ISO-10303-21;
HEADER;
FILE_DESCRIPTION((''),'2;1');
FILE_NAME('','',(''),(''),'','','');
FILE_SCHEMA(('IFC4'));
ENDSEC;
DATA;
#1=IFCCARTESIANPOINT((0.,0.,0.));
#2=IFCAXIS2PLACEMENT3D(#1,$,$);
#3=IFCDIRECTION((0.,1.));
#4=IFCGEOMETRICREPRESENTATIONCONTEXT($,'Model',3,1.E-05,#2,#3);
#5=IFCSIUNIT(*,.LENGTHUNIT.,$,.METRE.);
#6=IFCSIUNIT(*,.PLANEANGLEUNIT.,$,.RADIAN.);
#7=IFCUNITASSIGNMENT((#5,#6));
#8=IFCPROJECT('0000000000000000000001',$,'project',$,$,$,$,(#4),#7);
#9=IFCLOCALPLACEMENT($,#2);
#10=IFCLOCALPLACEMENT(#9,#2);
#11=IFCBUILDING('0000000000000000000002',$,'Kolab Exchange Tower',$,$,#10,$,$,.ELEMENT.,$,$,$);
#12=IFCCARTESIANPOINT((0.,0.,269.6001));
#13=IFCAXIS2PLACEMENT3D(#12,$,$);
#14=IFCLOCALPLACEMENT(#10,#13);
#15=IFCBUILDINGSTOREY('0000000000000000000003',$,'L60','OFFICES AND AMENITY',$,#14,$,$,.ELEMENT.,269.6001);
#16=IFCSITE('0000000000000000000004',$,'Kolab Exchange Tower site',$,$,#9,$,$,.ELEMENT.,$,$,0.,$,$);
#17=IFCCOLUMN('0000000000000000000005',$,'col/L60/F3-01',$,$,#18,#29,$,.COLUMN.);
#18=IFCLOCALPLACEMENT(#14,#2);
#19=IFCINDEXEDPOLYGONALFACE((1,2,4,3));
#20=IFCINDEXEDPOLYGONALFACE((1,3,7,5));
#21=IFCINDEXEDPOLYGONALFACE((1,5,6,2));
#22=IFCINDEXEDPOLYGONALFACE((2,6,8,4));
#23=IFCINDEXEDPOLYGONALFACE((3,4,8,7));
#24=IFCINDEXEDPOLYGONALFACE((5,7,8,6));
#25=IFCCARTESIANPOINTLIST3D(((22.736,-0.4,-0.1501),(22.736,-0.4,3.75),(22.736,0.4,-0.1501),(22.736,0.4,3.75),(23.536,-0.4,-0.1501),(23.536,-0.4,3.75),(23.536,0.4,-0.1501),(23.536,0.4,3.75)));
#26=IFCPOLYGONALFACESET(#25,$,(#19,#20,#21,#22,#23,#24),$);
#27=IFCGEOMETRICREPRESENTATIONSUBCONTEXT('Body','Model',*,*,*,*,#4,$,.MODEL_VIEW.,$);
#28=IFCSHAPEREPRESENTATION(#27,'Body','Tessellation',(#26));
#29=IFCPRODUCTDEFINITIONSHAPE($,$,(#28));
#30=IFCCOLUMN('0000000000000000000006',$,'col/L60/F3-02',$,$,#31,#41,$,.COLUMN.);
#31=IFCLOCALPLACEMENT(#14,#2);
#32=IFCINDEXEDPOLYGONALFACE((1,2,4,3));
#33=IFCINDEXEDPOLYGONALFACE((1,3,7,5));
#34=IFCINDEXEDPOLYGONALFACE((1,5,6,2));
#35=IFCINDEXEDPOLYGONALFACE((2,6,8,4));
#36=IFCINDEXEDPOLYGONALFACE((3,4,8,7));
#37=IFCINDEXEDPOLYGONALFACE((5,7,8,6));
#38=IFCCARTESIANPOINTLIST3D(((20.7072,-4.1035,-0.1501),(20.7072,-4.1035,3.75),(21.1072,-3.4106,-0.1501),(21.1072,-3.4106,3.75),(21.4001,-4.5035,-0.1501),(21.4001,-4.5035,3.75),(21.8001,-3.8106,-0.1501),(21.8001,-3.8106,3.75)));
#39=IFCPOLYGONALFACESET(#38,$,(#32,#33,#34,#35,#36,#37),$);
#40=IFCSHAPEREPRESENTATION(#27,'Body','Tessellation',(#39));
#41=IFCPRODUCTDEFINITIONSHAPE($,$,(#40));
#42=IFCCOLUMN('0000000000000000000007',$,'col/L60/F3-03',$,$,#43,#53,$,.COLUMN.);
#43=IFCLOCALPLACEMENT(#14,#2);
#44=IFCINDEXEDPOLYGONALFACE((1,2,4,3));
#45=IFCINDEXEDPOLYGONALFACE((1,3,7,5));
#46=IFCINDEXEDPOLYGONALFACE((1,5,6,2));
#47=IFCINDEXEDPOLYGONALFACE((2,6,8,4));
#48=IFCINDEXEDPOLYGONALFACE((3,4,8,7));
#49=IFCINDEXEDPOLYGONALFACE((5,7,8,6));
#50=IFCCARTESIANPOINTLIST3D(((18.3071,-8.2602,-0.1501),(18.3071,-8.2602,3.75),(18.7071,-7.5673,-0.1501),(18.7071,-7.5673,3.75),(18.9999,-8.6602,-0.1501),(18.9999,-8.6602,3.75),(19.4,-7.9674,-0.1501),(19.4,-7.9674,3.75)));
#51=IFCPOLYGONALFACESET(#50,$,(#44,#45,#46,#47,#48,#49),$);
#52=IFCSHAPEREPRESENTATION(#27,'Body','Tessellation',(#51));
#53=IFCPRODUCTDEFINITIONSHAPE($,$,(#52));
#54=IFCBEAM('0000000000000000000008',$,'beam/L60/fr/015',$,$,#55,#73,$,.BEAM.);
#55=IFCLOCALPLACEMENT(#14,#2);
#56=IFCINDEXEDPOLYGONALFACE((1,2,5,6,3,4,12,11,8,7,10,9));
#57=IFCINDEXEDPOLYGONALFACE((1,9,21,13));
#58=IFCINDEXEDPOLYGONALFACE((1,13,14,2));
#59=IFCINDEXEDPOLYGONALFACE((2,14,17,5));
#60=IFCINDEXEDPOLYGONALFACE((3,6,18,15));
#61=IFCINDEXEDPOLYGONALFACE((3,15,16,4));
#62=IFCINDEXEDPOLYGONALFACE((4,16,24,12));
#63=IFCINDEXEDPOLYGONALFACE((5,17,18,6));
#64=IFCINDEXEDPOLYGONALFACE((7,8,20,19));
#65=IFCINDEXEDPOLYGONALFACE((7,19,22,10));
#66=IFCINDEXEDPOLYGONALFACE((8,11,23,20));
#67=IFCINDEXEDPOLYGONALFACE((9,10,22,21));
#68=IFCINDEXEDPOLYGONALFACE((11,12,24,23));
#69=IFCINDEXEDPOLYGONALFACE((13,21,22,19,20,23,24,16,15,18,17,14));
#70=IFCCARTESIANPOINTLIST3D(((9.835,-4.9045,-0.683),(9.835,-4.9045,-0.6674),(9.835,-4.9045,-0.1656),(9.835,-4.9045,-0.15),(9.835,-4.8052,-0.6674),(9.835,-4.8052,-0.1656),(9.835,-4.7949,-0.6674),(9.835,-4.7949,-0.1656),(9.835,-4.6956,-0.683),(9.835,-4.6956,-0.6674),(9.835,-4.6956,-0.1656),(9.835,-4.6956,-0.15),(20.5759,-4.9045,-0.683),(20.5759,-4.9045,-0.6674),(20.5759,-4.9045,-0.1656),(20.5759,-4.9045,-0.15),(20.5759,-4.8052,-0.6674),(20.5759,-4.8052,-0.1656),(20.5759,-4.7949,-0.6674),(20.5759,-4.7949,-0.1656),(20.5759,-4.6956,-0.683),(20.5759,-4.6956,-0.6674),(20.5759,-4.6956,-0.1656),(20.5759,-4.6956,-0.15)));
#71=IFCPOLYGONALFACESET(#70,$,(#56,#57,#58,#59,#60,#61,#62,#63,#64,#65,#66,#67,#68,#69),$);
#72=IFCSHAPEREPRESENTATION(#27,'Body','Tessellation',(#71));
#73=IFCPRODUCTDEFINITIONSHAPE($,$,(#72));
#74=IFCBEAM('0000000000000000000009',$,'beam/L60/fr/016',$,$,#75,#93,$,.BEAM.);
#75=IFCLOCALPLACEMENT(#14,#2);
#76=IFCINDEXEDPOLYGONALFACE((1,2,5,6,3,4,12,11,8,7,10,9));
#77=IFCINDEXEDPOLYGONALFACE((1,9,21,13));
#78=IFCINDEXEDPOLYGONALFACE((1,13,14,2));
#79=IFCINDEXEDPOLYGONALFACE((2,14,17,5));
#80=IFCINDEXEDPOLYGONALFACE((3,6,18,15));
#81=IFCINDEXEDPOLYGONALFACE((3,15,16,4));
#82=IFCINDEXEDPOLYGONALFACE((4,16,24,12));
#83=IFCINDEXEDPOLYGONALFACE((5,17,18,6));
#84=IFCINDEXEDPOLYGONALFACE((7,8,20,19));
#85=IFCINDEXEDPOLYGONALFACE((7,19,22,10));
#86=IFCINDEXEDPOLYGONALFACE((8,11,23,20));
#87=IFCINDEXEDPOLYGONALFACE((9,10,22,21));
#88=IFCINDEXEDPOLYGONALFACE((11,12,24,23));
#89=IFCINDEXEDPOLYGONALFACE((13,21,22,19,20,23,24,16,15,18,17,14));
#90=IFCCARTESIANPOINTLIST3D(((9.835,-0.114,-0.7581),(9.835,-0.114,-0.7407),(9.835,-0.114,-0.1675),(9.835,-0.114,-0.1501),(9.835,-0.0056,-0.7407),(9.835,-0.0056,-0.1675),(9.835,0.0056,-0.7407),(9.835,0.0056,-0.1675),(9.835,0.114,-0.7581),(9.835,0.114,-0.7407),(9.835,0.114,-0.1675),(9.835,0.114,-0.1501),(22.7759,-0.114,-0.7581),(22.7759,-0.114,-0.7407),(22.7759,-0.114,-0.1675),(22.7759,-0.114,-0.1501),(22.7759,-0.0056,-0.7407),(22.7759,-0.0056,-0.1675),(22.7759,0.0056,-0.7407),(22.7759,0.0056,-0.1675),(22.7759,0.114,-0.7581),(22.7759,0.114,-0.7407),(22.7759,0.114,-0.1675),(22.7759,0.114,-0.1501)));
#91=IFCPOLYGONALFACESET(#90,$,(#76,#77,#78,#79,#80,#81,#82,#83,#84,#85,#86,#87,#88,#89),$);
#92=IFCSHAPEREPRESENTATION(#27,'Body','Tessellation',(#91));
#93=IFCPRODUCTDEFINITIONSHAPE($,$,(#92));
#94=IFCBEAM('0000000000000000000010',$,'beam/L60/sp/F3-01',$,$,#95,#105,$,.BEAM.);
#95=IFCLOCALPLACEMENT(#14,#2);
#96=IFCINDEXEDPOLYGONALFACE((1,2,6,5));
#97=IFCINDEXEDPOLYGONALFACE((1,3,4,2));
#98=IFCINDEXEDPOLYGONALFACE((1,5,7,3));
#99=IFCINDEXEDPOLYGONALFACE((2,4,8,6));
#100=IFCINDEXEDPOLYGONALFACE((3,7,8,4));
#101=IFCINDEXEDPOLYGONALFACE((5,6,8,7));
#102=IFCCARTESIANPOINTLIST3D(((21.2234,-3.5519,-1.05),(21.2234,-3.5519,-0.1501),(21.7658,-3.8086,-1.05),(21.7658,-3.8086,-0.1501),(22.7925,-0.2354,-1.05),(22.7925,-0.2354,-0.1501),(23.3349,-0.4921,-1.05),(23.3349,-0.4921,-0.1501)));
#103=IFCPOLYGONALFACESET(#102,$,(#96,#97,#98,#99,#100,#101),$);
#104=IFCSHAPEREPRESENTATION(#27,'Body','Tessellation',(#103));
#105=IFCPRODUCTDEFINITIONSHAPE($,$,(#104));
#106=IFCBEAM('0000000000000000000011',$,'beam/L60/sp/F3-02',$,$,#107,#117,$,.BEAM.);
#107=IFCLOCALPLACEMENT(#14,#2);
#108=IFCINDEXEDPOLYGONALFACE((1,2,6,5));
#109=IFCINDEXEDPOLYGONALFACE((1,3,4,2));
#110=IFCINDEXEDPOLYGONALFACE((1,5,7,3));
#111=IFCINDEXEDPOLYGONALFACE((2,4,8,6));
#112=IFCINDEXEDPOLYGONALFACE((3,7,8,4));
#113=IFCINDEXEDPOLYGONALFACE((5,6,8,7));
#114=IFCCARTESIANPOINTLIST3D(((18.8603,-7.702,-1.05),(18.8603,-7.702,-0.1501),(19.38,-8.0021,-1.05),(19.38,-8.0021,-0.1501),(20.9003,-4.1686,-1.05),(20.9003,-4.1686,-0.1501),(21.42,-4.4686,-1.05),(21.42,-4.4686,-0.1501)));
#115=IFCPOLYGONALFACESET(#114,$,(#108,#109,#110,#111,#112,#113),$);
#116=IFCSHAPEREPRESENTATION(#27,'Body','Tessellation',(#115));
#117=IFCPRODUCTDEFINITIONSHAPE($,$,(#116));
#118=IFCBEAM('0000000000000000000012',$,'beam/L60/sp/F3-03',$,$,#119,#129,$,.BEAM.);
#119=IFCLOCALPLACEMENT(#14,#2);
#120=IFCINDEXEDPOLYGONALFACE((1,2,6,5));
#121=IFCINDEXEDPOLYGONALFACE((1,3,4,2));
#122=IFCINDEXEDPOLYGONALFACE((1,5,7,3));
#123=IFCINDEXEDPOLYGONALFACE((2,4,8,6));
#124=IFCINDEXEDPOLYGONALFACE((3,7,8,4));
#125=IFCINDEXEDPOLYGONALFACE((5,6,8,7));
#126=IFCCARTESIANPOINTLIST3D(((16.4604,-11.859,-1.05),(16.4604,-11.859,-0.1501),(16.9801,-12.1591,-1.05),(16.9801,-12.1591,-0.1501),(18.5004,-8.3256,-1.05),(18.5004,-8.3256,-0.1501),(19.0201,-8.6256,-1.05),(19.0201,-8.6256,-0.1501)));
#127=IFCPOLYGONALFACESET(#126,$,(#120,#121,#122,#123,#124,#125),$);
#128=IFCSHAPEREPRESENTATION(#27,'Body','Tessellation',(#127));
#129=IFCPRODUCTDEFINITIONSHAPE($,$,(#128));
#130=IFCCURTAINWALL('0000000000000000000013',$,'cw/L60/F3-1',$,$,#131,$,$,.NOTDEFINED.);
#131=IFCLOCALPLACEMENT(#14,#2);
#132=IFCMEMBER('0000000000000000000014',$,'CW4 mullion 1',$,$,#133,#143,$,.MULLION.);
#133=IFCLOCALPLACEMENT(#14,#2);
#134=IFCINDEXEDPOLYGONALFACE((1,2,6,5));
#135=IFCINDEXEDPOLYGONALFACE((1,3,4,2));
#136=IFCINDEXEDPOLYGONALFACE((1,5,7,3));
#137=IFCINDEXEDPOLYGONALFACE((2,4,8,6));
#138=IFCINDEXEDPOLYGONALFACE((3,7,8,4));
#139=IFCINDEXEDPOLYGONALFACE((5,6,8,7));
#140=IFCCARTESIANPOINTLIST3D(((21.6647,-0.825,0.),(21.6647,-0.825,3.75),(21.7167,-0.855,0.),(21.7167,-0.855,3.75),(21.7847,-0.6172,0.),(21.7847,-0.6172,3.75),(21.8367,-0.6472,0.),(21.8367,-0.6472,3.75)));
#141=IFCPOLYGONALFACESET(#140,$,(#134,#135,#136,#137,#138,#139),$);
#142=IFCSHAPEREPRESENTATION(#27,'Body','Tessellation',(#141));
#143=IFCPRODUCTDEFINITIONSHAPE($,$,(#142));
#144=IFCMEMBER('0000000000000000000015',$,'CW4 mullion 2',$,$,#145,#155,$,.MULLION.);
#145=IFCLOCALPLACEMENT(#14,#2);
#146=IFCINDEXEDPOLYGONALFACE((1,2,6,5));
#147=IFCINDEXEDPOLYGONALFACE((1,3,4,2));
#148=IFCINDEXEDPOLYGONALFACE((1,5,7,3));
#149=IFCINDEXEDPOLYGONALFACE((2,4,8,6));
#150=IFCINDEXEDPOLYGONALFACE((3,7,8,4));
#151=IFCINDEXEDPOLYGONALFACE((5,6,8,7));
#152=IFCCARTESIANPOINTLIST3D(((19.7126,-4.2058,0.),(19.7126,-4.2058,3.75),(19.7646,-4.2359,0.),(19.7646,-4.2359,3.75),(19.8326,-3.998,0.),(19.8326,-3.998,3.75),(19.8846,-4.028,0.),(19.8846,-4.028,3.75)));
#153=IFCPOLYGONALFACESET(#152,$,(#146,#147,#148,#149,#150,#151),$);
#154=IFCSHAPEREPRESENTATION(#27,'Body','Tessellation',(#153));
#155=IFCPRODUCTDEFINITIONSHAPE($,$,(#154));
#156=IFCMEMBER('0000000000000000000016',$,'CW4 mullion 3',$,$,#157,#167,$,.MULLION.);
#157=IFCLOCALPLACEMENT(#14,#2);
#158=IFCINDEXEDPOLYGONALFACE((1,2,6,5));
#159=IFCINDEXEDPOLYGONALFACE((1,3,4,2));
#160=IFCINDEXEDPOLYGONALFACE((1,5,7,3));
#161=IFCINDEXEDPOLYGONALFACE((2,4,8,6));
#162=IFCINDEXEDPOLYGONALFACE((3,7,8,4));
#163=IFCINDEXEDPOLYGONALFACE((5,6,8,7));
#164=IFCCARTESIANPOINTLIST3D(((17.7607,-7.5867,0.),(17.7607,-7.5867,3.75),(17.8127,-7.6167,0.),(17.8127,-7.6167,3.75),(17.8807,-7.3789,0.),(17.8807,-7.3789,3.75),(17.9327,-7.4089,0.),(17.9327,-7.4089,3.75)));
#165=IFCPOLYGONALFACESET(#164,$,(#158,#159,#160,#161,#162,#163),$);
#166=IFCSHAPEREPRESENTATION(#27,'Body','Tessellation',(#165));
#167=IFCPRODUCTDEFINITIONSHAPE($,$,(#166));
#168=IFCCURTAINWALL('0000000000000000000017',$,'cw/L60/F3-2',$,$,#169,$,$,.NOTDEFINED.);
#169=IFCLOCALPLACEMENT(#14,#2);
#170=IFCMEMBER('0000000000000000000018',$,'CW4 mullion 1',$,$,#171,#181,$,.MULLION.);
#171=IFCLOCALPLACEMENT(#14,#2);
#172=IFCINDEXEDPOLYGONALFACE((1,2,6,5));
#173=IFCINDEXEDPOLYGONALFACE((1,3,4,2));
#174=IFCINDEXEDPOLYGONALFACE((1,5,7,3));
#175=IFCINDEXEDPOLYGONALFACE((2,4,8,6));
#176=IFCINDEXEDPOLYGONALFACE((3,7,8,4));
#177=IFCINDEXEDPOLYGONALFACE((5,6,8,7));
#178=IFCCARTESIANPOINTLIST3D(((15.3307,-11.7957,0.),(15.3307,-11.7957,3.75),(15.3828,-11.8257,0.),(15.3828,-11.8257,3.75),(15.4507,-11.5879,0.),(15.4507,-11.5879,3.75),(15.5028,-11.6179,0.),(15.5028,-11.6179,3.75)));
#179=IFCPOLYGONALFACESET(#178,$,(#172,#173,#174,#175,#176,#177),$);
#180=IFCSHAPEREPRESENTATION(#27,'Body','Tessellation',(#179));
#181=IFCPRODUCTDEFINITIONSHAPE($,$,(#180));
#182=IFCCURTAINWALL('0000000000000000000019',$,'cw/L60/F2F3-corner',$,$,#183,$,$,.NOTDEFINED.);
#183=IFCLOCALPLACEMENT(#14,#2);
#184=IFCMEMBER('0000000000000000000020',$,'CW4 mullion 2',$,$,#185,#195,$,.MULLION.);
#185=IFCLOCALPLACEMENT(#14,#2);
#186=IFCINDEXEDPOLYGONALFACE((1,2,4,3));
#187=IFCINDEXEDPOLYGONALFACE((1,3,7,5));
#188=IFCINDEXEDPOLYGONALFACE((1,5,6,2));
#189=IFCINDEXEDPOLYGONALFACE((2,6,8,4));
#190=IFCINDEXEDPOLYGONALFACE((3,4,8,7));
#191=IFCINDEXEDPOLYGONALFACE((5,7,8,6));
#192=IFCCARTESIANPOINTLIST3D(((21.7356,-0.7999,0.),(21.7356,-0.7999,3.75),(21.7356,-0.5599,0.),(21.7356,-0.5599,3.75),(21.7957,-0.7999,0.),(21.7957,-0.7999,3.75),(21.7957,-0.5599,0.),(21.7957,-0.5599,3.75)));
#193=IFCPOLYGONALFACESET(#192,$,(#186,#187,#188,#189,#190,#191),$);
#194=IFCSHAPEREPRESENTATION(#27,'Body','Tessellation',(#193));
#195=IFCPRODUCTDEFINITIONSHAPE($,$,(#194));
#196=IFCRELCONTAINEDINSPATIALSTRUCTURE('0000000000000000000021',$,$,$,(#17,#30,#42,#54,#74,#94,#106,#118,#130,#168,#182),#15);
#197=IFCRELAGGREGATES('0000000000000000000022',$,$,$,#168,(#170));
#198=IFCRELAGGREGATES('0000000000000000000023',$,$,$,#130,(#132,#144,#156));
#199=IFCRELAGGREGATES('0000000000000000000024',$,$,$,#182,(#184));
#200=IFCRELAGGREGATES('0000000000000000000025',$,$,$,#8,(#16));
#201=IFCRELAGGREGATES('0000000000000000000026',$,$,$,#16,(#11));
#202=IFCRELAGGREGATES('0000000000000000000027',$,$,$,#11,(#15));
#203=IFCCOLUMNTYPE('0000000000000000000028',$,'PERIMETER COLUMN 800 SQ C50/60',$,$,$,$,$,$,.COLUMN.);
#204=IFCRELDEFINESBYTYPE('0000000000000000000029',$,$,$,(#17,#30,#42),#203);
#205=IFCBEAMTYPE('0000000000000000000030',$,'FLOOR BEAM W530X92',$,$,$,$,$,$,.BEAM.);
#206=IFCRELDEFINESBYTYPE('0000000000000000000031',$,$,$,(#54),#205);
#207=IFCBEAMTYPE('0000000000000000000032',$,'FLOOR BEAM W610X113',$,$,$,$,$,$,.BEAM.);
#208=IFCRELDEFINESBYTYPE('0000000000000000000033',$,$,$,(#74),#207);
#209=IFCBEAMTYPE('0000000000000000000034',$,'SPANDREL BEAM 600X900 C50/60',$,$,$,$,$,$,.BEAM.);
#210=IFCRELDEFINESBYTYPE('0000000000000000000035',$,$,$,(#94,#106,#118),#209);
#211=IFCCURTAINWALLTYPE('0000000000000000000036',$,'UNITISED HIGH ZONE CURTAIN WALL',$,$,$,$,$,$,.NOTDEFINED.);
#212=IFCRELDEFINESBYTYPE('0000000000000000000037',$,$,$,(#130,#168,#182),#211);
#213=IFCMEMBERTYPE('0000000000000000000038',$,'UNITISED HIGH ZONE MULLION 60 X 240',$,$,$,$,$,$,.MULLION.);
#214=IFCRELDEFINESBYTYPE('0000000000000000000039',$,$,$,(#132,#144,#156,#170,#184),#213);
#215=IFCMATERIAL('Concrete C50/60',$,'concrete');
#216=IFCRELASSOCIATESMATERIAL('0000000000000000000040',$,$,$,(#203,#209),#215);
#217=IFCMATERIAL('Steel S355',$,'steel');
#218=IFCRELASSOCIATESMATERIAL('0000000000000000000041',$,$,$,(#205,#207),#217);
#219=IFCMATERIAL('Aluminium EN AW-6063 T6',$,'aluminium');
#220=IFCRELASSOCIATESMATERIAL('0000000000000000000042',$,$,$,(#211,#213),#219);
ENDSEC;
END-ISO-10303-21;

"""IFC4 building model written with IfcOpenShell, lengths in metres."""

from ifc_helpers import new_model, si_unit, direction, frame, origin, origin_2d, place, context, subcontext, project, spatial, rectangle, i_section, extrude, material, material_profile, profile_set, type_object, element, aggregate, save


model = new_model("IFC4")

# Units and contexts
model_context = context("Model", 3, precision=1e-05, world=origin(), true_north=direction((0.0, 1.0)))
body_context = subcontext(model_context, "Body", "Model", "MODEL_VIEW")
ifc_project = project(units=[si_unit("LENGTHUNIT", "METRE"), si_unit("PLANEANGLEUNIT", "RADIAN")], contexts=[model_context])

# Site, building, storey
site_placement = place(None, origin())
site = spatial("IfcSite", under=ifc_project, at=site_placement, Name="Kolab Exchange Tower site", CompositionType="ELEMENT", RefElevation=0.0)
building_placement = place(site_placement, origin())
building = spatial("IfcBuilding", under=site, at=building_placement, Name="Kolab Exchange Tower", CompositionType="ELEMENT")
storey_placement = place(building_placement, frame((0.0, 0.0, 269.6001)))
storey = spatial("IfcBuildingStorey", under=building, at=storey_placement, Name="L60", Description="OFFICES AND AMENITY", CompositionType="ELEMENT", Elevation=269.6001)

# Columns
ifc_material_1 = material(Name="Concrete C50/60", Category="concrete")
ifc_material_profile_1 = material_profile(ifc_material_1, rectangle(XDim=0.8, YDim=0.8, at=origin_2d()), Name="RC800")
ifc_profile_set_1 = profile_set([ifc_material_profile_1], Name="Concrete C50/60")
column_type = type_object("IfcColumnType", Name="PERIMETER COLUMN 800 SQ C50/60", PredefinedType="COLUMN", material=ifc_profile_set_1)
for number, where, z_axis, x_axis, name in (
    (1, (23.136, 0.0, -0.1501), (0.0, 0.0, 1.0), (1.0, 0.0, 0.0), "col/L60/F3-01"),
    (2, (21.2537, -3.957, -0.1501), (0.0, 0.0, 1.0), (0.5, 0.866025, 0.0), "col/L60/F3-02"),
    (3, (18.8535, -8.1138, -0.1501), (0.0, 0.0, 1.0), (0.5, 0.866025, 0.0), "col/L60/F3-03"),
):
    element("IfcColumn", number, at=place(storey_placement, frame(where, z_axis=z_axis, x_axis=x_axis)), inside=storey, type_object=column_type, Name=name, PredefinedType="COLUMN", context=body_context, shape_type="SweptSolid", body=[
        extrude(rectangle(XDim=0.8, YDim=0.8, at=origin_2d()), origin(), (0.0, 0.0, 1.0), 3.9001),
    ])

# Beams
ifc_material_2 = material(Name="Steel S355", Category="steel")
ifc_material_profile_2 = material_profile(ifc_material_2, i_section(OverallWidth=0.209, OverallDepth=0.533, WebThickness=0.0103, FlangeThickness=0.0156, at=origin_2d()), Name="W530X92")
ifc_profile_set_2 = profile_set([ifc_material_profile_2], Name="Steel S355")
beam_type_1 = type_object("IfcBeamType", Name="FLOOR BEAM W530X92", PredefinedType="BEAM", material=ifc_profile_set_2)
beam_1_placement = place(storey_placement, frame((9.835, -4.8, -0.4165), z_axis=(1.0, 0.0, 0.0), x_axis=(0.0, 1.0, 0.0)))
element("IfcBeam", 4, at=beam_1_placement, inside=storey, type_object=beam_type_1, Name="beam/L60/fr/015", PredefinedType="BEAM", context=body_context, shape_type="SweptSolid", body=[
    extrude(i_section(OverallWidth=0.209, OverallDepth=0.533, WebThickness=0.0103, FlangeThickness=0.0156, at=origin_2d()), origin(), (0.0, 0.0, 1.0), 10.741),
])
ifc_material_profile_3 = material_profile(ifc_material_2, i_section(OverallWidth=0.228, OverallDepth=0.6079, WebThickness=0.0112, FlangeThickness=0.0173, at=origin_2d()), Name="W610X113")
ifc_profile_set_3 = profile_set([ifc_material_profile_3], Name="Steel S355")
beam_type_2 = type_object("IfcBeamType", Name="FLOOR BEAM W610X113", PredefinedType="BEAM", material=ifc_profile_set_3)
beam_2_placement = place(storey_placement, frame((9.835, 0.0, -0.4541), z_axis=(1.0, 0.0, 0.0), x_axis=(0.0, 1.0, 0.0)))
element("IfcBeam", 5, at=beam_2_placement, inside=storey, type_object=beam_type_2, Name="beam/L60/fr/016", PredefinedType="BEAM", context=body_context, shape_type="SweptSolid", body=[
    extrude(i_section(OverallWidth=0.228, OverallDepth=0.6079, WebThickness=0.0112, FlangeThickness=0.0173, at=origin_2d()), origin(), (0.0, 0.0, 1.0), 12.9409),
])
ifc_material_profile_4 = material_profile(ifc_material_1, rectangle(XDim=0.6001, YDim=0.8999, at=origin_2d()), Name="RC600X900")
ifc_profile_set_4 = profile_set([ifc_material_profile_4], Name="Concrete C50/60")
beam_type_3 = type_object("IfcBeamType", Name="SPANDREL BEAM 600X900 C50/60", PredefinedType="BEAM", material=ifc_profile_set_4)
beam_3_placement = place(storey_placement, frame((23.0637, -0.3638, -0.6001), z_axis=(-0.427677, -0.903932, 0.0), x_axis=(0.903932, -0.427677, 0.0)))
element("IfcBeam", 6, at=beam_3_placement, inside=storey, type_object=beam_type_3, Name="beam/L60/sp/F3-01", PredefinedType="BEAM", context=body_context, shape_type="SweptSolid", body=[
    extrude(rectangle(XDim=0.6001, YDim=0.8999, at=origin_2d()), origin(), (0.0, 0.0, 1.0), 3.6689),
])
for number, where, z_axis, x_axis, name in (
    (7, (21.1602, -4.3186, -0.6001), (-0.5, -0.866025, 0.0), (0.866025, -0.5, 0.0), "beam/L60/sp/F3-02"),
    (8, (18.7603, -8.4756, -0.6001), (-0.5, -0.866025, 0.0), (0.866025, -0.5, 0.0), "beam/L60/sp/F3-03"),
):
    element("IfcBeam", number, at=place(storey_placement, frame(where, z_axis=z_axis, x_axis=x_axis)), inside=storey, type_object=beam_type_3, Name=name, PredefinedType="BEAM", context=body_context, shape_type="SweptSolid", body=[
        extrude(rectangle(XDim=0.6001, YDim=0.8999, at=origin_2d()), origin(), (0.0, 0.0, 1.0), 4.0801),
    ])

# Curtain wall, members
ifc_material_3 = material(Name="Aluminium EN AW-6063 T6", Category="aluminium")
curtain_wall_type = type_object("IfcCurtainWallType", Name="UNITISED HIGH ZONE CURTAIN WALL", PredefinedType="NOTDEFINED", material=ifc_material_3)
curtain_wall_1_placement = place(storey_placement, origin())
curtain_wall_1 = element("IfcCurtainWall", 9, at=curtain_wall_1_placement, inside=storey, type_object=curtain_wall_type, Name="cw/L60/F3-1", PredefinedType="NOTDEFINED")
ifc_material_profile_5 = material_profile(ifc_material_3, rectangle(XDim=0.0601, YDim=0.24, at=origin_2d()), Name="RECT 60X240")
ifc_profile_set_5 = profile_set([ifc_material_profile_5], Name="Aluminium EN AW-6063 T6")
member_type_1 = type_object("IfcMemberType", Name="UNITISED HIGH ZONE MULLION 60 X 240", PredefinedType="MULLION", material=ifc_profile_set_5)
member_1_placement = place(storey_placement, frame((21.7507, -0.7361, 0.0), z_axis=(0.0, 0.0, 1.0), x_axis=(0.866025, -0.5, 0.0)))
member_1 = element("IfcMember", 10, at=member_1_placement, type_object=member_type_1, Name="CW4 mullion 1", PredefinedType="MULLION", context=body_context, shape_type="SweptSolid", body=[
    extrude(rectangle(XDim=0.0601, YDim=0.24, at=origin_2d()), origin(), (0.0, 0.0, 1.0), 3.75),
])
member_2_placement = place(storey_placement, frame((19.7986, -4.1169, 0.0), z_axis=(0.0, 0.0, 1.0), x_axis=(0.866025, -0.5, 0.0)))
member_2 = element("IfcMember", 11, at=member_2_placement, type_object=member_type_1, Name="CW4 mullion 2", PredefinedType="MULLION", context=body_context, shape_type="SweptSolid", body=[
    extrude(rectangle(XDim=0.0601, YDim=0.24, at=origin_2d()), origin(), (0.0, 0.0, 1.0), 3.75),
])
member_3_placement = place(storey_placement, frame((17.8467, -7.4978, 0.0), z_axis=(0.0, 0.0, 1.0), x_axis=(0.866025, -0.5, 0.0)))
member_3 = element("IfcMember", 12, at=member_3_placement, type_object=member_type_1, Name="CW4 mullion 3", PredefinedType="MULLION", context=body_context, shape_type="SweptSolid", body=[
    extrude(rectangle(XDim=0.0601, YDim=0.24, at=origin_2d()), origin(), (0.0, 0.0, 1.0), 3.75),
])

# Curtain walls, members
curtain_wall_2_placement = place(storey_placement, origin())
curtain_wall_2 = element("IfcCurtainWall", 13, at=curtain_wall_2_placement, inside=storey, type_object=curtain_wall_type, Name="cw/L60/F3-2", PredefinedType="NOTDEFINED")
member_4_placement = place(storey_placement, frame((15.4167, -11.7068, 0.0), z_axis=(0.0, 0.0, 1.0), x_axis=(0.866025, -0.5, 0.0)))
member_4 = element("IfcMember", 14, at=member_4_placement, type_object=member_type_1, Name="CW4 mullion 1", PredefinedType="MULLION", context=body_context, shape_type="SweptSolid", body=[
    extrude(rectangle(XDim=0.0601, YDim=0.24, at=origin_2d()), origin(), (0.0, 0.0, 1.0), 3.75),
])
aggregate(curtain_wall_2, [member_4])
curtain_wall_3_placement = place(storey_placement, origin())
curtain_wall_3 = element("IfcCurtainWall", 15, at=curtain_wall_3_placement, inside=storey, type_object=curtain_wall_type, Name="cw/L60/F2F3-corner", PredefinedType="NOTDEFINED")
member_5_placement = place(storey_placement, frame((21.7656, -0.6799, 0.0), z_axis=(0.0, 0.0, 1.0), x_axis=(1.0, 0.0, 0.0)))
member_5 = element("IfcMember", 16, at=member_5_placement, type_object=member_type_1, Name="CW4 mullion 2", PredefinedType="MULLION", context=body_context, shape_type="SweptSolid", body=[
    extrude(rectangle(XDim=0.0601, YDim=0.24, at=origin_2d()), origin(), (0.0, 0.0, 1.0), 3.75),
])

aggregate(curtain_wall_1, [member_1, member_2, member_3])
aggregate(curtain_wall_3, [member_5])

save(model, "model.ifc")
